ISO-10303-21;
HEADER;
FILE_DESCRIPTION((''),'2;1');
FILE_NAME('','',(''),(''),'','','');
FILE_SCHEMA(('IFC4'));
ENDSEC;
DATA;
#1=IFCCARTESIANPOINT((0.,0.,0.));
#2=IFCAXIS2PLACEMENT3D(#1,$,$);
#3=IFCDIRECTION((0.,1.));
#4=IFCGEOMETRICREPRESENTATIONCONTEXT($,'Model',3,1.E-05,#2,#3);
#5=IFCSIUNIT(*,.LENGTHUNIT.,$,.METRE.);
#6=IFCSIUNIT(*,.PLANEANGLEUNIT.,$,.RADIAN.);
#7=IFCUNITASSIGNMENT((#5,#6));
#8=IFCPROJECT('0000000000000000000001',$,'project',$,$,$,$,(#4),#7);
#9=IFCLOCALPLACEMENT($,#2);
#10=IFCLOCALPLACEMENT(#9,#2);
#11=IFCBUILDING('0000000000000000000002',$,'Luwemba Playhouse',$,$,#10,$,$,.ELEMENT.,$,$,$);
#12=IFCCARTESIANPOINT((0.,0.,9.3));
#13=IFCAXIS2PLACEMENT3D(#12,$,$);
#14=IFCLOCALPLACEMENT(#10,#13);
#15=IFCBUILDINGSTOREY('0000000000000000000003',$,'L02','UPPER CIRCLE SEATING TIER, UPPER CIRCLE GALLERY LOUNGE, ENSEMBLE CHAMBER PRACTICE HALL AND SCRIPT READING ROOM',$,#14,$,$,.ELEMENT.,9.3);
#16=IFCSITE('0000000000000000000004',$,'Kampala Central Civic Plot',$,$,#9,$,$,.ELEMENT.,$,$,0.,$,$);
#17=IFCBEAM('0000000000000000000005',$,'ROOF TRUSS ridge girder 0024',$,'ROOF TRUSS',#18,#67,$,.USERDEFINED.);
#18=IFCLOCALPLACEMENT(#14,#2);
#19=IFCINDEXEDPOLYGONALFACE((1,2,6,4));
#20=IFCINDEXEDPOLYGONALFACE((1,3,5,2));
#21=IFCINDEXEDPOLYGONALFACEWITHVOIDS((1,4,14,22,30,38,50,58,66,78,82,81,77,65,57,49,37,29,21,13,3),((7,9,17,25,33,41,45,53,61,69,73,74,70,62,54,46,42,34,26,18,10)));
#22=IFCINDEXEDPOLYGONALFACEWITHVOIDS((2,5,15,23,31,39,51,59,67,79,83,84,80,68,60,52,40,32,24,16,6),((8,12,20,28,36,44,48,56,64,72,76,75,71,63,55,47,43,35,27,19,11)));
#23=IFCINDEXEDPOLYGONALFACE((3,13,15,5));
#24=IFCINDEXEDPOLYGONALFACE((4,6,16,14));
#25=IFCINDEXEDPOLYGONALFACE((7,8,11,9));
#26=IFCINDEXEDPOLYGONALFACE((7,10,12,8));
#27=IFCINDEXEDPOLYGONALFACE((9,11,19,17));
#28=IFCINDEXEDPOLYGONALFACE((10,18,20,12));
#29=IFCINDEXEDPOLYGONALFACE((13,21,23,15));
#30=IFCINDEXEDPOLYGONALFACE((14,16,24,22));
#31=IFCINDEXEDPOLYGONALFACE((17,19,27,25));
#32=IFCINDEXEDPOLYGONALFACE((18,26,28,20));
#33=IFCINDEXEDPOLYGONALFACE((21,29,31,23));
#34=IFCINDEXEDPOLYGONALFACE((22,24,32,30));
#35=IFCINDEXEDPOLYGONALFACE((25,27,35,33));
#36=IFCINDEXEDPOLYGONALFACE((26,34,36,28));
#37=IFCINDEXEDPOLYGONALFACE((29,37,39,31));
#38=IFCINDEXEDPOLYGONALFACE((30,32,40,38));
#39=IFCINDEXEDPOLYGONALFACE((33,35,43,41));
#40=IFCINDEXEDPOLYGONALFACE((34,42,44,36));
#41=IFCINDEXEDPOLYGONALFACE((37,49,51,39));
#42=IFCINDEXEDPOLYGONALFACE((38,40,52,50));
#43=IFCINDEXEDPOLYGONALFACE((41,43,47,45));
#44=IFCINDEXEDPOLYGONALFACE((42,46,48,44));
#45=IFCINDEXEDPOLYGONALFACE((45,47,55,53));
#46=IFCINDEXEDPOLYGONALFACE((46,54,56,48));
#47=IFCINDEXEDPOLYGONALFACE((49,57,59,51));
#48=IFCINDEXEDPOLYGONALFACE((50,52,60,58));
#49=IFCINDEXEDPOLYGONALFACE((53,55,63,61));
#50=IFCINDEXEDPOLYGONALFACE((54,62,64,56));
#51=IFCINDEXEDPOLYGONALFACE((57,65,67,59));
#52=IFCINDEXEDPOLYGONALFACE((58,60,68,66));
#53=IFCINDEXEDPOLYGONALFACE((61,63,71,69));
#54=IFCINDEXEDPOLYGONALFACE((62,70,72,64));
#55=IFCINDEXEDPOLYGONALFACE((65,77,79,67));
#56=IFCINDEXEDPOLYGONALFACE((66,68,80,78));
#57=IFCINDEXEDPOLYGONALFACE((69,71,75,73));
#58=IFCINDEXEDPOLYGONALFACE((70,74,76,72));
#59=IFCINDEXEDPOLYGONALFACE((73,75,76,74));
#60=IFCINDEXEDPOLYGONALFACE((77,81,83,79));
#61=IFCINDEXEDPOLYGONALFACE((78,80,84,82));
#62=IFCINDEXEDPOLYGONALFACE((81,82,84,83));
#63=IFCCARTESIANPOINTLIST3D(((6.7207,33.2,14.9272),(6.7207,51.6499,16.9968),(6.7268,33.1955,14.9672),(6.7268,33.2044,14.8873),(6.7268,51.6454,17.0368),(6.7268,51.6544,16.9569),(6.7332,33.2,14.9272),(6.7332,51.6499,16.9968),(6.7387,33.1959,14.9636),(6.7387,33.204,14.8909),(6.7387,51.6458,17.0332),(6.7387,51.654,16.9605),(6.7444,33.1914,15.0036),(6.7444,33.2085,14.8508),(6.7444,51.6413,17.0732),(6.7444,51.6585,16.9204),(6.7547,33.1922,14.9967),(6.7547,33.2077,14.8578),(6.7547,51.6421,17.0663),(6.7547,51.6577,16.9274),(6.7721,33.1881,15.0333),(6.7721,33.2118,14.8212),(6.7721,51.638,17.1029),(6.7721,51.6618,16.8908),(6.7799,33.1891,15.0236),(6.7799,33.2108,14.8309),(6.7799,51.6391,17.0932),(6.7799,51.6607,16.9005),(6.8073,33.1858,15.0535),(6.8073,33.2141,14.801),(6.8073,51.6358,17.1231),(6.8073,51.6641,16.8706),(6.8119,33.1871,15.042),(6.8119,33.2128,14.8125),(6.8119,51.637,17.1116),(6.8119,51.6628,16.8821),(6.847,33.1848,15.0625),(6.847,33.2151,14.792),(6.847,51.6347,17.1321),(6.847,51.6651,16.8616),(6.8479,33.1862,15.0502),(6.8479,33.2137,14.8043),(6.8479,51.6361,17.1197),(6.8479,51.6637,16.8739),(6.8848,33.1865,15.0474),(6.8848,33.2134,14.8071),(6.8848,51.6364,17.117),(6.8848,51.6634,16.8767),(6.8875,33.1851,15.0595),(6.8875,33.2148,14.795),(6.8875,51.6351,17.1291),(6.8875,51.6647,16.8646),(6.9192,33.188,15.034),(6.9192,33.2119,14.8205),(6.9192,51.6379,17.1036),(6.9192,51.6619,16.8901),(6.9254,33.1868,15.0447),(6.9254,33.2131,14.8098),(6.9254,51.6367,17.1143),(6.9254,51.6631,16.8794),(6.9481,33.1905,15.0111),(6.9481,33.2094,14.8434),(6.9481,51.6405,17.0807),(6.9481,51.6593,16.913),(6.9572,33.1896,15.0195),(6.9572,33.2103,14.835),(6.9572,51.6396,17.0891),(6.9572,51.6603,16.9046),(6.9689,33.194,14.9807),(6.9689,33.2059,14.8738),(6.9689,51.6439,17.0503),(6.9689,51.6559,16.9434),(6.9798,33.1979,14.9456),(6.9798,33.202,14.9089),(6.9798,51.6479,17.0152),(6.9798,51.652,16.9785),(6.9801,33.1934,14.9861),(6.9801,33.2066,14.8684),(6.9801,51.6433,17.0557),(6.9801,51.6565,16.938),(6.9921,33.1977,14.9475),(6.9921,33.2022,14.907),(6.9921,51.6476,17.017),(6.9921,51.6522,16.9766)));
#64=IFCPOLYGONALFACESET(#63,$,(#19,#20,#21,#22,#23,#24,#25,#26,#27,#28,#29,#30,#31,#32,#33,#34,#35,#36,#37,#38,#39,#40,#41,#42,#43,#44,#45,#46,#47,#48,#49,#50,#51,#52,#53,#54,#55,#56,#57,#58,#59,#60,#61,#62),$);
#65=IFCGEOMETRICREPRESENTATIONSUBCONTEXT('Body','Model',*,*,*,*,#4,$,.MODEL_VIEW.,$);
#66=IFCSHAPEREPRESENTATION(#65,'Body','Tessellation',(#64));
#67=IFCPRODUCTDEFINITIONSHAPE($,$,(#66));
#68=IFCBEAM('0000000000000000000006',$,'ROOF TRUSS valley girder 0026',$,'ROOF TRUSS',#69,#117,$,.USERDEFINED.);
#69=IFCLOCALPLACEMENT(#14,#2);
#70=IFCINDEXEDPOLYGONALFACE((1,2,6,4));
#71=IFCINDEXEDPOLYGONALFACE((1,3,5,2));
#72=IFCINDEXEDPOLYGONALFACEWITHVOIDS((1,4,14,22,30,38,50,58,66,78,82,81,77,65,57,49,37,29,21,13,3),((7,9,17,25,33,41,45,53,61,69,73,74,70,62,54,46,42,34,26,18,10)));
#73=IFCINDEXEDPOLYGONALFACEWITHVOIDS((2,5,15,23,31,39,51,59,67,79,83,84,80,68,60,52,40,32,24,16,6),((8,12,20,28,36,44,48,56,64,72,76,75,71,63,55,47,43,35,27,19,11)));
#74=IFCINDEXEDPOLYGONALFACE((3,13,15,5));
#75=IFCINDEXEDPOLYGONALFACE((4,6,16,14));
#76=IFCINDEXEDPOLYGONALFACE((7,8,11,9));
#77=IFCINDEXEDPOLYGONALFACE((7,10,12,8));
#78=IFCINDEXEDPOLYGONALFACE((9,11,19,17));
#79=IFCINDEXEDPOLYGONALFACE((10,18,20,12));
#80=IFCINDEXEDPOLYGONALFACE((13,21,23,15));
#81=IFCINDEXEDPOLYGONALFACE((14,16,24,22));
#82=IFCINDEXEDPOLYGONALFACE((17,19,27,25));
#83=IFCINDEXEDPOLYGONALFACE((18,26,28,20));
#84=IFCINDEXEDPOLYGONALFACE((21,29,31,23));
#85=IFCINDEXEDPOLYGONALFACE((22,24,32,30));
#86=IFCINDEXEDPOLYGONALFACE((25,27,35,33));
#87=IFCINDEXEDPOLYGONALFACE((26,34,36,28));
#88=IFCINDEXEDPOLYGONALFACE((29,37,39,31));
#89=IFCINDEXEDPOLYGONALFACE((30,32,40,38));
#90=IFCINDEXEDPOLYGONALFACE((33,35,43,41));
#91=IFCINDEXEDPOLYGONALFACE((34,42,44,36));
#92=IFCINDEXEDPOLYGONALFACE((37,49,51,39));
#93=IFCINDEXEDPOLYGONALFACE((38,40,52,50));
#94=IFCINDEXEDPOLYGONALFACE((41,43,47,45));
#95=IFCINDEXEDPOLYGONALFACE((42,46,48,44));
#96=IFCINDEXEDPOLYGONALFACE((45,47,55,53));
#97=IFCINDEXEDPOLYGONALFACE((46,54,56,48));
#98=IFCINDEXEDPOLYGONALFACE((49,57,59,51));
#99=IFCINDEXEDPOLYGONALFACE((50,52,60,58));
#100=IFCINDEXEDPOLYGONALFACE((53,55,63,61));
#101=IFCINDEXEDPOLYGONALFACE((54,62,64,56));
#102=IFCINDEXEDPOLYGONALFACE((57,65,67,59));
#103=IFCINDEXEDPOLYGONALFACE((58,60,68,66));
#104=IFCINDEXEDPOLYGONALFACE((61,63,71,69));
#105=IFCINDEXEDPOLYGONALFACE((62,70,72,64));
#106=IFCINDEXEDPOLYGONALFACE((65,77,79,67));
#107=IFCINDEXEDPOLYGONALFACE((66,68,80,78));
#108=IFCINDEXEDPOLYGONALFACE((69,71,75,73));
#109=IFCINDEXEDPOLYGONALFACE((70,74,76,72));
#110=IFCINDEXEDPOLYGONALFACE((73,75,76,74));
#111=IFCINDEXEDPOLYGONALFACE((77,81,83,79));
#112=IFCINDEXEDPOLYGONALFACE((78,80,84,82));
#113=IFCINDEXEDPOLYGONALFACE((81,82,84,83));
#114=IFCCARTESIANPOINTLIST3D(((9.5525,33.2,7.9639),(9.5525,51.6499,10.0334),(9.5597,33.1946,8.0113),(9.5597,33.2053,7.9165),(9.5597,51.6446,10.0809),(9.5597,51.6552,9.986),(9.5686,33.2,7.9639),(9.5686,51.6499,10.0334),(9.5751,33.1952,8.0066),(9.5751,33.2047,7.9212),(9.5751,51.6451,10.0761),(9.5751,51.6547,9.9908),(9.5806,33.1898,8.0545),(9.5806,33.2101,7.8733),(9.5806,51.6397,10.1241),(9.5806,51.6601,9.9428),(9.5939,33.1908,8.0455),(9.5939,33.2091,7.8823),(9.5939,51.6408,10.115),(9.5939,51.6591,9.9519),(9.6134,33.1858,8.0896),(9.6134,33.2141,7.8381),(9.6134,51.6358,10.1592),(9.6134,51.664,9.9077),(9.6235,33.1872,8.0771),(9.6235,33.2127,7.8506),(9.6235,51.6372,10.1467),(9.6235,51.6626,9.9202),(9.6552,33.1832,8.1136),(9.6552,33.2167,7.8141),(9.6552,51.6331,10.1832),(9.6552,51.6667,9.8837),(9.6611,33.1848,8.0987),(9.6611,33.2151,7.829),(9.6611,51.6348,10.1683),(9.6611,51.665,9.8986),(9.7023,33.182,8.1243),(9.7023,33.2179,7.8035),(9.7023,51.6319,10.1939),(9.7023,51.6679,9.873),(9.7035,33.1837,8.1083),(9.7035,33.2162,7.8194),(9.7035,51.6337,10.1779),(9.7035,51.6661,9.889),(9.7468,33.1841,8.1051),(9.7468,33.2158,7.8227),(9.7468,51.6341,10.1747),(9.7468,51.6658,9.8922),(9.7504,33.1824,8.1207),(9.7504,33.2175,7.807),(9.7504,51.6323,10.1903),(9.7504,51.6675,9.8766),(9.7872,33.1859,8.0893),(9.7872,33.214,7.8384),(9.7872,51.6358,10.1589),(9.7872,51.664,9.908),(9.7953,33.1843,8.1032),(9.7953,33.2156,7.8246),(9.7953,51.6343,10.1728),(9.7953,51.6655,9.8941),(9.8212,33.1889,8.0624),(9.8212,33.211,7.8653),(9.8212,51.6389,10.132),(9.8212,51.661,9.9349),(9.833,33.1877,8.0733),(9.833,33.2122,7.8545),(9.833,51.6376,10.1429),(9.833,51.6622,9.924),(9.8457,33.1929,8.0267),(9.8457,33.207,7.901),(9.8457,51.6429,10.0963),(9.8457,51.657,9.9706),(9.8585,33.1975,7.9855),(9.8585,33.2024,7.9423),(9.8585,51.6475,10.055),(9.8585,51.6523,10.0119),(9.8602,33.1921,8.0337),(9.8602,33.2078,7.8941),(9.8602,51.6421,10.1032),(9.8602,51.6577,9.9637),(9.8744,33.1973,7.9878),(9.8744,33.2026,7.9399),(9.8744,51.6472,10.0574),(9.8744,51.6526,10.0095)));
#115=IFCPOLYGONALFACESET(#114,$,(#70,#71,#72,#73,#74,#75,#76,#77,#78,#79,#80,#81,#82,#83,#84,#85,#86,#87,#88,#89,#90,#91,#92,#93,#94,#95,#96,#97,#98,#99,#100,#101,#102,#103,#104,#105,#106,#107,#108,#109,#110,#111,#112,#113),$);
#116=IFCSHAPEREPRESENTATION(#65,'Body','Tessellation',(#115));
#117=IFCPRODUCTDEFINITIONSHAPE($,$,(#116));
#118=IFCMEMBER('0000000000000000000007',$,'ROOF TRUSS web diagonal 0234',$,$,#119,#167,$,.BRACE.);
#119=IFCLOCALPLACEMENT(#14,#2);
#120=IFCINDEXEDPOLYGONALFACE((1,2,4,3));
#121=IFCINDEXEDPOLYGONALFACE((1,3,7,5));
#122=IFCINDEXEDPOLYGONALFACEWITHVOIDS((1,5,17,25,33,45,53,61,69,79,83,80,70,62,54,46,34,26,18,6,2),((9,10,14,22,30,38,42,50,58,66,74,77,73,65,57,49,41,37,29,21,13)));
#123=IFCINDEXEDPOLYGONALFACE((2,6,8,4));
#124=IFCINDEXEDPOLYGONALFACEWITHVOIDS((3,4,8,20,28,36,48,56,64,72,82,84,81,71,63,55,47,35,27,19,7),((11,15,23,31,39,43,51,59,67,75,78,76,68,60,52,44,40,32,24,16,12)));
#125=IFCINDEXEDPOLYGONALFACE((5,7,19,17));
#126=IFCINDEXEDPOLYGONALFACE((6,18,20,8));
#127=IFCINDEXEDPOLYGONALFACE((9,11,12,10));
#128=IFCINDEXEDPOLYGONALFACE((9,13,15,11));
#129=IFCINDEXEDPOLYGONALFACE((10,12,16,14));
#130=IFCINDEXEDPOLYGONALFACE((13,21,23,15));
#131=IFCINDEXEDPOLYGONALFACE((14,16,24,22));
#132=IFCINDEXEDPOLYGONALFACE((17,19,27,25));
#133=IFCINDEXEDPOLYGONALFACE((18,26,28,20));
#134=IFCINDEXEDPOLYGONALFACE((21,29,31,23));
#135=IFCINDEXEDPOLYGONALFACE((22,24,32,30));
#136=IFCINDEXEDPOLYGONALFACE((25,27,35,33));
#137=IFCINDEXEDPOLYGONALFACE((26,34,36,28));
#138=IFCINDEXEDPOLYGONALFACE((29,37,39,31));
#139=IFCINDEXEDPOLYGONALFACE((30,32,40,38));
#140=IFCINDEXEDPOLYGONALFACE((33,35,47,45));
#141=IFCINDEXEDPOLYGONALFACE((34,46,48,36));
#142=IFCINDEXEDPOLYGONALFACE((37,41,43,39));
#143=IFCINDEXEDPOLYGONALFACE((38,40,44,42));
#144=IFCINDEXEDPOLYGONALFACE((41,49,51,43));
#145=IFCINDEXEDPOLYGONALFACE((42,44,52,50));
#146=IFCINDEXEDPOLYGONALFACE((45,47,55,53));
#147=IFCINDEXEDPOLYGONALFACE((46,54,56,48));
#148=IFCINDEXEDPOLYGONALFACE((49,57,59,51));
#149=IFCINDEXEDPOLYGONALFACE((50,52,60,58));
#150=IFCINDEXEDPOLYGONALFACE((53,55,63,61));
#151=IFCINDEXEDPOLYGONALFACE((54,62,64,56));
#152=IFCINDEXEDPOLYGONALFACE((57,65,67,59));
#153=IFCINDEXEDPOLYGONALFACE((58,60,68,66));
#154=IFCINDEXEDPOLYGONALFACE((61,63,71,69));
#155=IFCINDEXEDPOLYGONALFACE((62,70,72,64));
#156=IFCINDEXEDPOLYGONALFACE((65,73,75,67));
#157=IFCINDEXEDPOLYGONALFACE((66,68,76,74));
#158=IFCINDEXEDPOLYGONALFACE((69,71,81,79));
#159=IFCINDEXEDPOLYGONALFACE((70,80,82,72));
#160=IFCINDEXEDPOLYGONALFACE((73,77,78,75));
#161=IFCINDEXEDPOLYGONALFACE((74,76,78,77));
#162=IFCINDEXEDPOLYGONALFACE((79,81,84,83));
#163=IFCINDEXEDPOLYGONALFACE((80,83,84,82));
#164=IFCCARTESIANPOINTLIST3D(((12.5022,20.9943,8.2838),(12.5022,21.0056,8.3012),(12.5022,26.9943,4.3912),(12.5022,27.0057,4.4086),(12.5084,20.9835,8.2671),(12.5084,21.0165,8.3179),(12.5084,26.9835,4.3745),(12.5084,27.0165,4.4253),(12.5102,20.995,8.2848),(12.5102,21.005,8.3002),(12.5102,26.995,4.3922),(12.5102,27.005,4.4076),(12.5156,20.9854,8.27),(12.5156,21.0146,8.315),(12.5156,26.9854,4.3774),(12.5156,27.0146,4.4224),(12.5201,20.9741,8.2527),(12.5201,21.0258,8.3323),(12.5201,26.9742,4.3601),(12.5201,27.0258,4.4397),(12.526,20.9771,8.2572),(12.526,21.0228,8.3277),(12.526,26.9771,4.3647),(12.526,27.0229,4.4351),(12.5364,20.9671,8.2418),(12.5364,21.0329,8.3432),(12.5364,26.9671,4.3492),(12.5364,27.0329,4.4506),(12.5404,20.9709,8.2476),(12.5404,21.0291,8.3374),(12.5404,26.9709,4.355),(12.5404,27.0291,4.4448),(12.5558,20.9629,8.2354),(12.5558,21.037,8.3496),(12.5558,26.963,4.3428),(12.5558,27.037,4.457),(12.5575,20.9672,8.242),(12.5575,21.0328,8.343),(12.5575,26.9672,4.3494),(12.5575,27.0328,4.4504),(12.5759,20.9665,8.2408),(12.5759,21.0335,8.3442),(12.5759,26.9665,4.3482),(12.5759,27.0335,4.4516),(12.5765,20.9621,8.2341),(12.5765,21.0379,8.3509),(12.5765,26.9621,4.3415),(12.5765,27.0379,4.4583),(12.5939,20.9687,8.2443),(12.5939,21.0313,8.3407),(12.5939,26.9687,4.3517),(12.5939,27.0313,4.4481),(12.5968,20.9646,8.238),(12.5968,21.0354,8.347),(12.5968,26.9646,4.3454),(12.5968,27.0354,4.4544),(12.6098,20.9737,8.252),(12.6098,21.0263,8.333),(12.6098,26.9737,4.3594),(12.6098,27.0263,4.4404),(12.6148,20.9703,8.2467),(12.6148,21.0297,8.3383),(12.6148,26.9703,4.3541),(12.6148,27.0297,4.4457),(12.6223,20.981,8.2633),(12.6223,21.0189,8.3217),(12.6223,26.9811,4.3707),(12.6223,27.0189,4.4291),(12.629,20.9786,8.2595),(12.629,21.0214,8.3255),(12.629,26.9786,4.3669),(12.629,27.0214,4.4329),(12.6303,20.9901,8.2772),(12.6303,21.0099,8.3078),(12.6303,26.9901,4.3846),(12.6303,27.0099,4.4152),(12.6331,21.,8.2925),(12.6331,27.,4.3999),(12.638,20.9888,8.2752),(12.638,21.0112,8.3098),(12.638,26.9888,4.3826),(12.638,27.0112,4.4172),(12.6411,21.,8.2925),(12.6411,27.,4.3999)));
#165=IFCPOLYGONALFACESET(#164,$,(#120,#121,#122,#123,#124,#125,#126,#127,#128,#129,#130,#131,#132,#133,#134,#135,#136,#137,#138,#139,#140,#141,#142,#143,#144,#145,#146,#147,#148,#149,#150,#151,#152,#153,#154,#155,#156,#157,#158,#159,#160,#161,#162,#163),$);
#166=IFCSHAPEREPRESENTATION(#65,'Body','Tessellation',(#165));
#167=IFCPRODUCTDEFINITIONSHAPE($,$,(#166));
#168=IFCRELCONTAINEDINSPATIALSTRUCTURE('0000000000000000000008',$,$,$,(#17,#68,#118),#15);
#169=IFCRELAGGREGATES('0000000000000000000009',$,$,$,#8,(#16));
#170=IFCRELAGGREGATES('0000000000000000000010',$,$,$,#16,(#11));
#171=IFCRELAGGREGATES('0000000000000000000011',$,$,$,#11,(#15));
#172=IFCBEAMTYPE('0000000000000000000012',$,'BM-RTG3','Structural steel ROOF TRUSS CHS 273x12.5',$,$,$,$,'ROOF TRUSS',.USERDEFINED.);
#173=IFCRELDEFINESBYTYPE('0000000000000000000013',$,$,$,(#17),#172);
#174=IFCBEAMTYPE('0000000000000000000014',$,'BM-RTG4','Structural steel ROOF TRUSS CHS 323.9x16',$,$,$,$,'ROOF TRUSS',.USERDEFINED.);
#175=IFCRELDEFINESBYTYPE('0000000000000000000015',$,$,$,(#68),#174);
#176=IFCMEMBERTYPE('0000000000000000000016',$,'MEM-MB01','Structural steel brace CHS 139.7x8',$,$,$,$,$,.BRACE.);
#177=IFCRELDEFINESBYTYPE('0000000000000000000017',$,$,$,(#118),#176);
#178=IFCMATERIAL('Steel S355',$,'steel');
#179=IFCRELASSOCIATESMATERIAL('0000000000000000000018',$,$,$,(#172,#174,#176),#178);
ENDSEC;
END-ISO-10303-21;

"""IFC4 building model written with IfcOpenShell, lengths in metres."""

from ifc_helpers import new_model, si_unit, direction, frame, origin, origin_2d, place, context, subcontext, project, spatial, hollow_circle, extrude, material, material_profile, profile_set, type_object, element, save


model = new_model("IFC4")

# Units and contexts
model_context = context("Model", 3, precision=1e-05, world=origin(), true_north=direction((0.0, 1.0)))
body_context = subcontext(model_context, "Body", "Model", "MODEL_VIEW")
ifc_project = project(units=[si_unit("LENGTHUNIT", "METRE"), si_unit("PLANEANGLEUNIT", "RADIAN")], contexts=[model_context])

# Site, building, storey
site_placement = place(None, origin())
site = spatial("IfcSite", under=ifc_project, at=site_placement, Name="Kampala Central Civic Plot", CompositionType="ELEMENT", RefElevation=0.0)
building_placement = place(site_placement, origin())
building = spatial("IfcBuilding", under=site, at=building_placement, Name="Luwemba Playhouse", CompositionType="ELEMENT")
storey_placement = place(building_placement, frame((0.0, 0.0, 9.3)))
storey = spatial("IfcBuildingStorey", under=building, at=storey_placement, Name="L02", Description="UPPER CIRCLE SEATING TIER, UPPER CIRCLE GALLERY LOUNGE, ENSEMBLE CHAMBER PRACTICE HALL AND SCRIPT READING ROOM", CompositionType="ELEMENT", Elevation=9.3)

# Shared definitions
ifc_material_1 = material(Name="Steel S355", Category="steel")

# Beams
ifc_material_profile_1 = material_profile(ifc_material_1, hollow_circle(Radius=0.1365, WallThickness=0.0125, at=origin_2d()))
ifc_profile_set_1 = profile_set([ifc_material_profile_1], Name="Steel S355")
beam_type_1 = type_object("IfcBeamType", Name="BM-RTG3", Description="Structural steel ROOF TRUSS CHS 273x12.5", ElementType="ROOF TRUSS", PredefinedType="USERDEFINED", material=ifc_profile_set_1)
beam_1_placement = place(storey_placement, frame((6.8572, 33.2, 14.9272), z_axis=(0.0, 0.993767, 0.111474), x_axis=(-1.0, 0.0, 0.0)))
element("IfcBeam", 1, at=beam_1_placement, inside=storey, type_object=beam_type_1, Name="ROOF TRUSS ridge girder 0024", ObjectType="ROOF TRUSS", PredefinedType="USERDEFINED", context=body_context, shape_type="SweptSolid", body=[
    extrude(hollow_circle(Radius=0.1365, WallThickness=0.0125, at=origin_2d()), origin(), (0.0, 0.0, 1.0), 18.5657),
])
ifc_material_profile_2 = material_profile(ifc_material_1, hollow_circle(Radius=0.1619, WallThickness=0.0161, at=origin_2d()))
ifc_profile_set_2 = profile_set([ifc_material_profile_2], Name="Steel S355")
beam_type_2 = type_object("IfcBeamType", Name="BM-RTG4", Description="Structural steel ROOF TRUSS CHS 323.9x16", ElementType="ROOF TRUSS", PredefinedType="USERDEFINED", material=ifc_profile_set_2)
beam_2_placement = place(storey_placement, frame((9.7144, 33.2, 7.9639), z_axis=(0.0, 0.993767, 0.111474), x_axis=(-1.0, 0.0, 0.0)))
element("IfcBeam", 2, at=beam_2_placement, inside=storey, type_object=beam_type_2, Name="ROOF TRUSS valley girder 0026", ObjectType="ROOF TRUSS", PredefinedType="USERDEFINED", context=body_context, shape_type="SweptSolid", body=[
    extrude(hollow_circle(Radius=0.1619, WallThickness=0.0161, at=origin_2d()), origin(), (0.0, 0.0, 1.0), 18.5657),
])

# Member
ifc_material_profile_3 = material_profile(ifc_material_1, hollow_circle(Radius=0.0698, WallThickness=0.0081, at=origin_2d()))
ifc_profile_set_3 = profile_set([ifc_material_profile_3], Name="Steel S355")
member_type_1 = type_object("IfcMemberType", Name="MEM-MB01", Description="Structural steel brace CHS 139.7x8", PredefinedType="BRACE", material=ifc_profile_set_3)
member_1_placement = place(storey_placement, frame((12.5713, 27.0, 4.3999), z_axis=(0.0, -0.838917, 0.544259), x_axis=(1.0, 0.0, 0.0)))
element("IfcMember", 3, at=member_1_placement, inside=storey, type_object=member_type_1, Name="ROOF TRUSS web diagonal 0234", PredefinedType="BRACE", context=body_context, shape_type="SweptSolid", body=[
    extrude(hollow_circle(Radius=0.0698, WallThickness=0.0081, at=origin_2d()), origin(), (0.0, 0.0, 1.0), 7.1521),
])

save(model, "model.ifc")
